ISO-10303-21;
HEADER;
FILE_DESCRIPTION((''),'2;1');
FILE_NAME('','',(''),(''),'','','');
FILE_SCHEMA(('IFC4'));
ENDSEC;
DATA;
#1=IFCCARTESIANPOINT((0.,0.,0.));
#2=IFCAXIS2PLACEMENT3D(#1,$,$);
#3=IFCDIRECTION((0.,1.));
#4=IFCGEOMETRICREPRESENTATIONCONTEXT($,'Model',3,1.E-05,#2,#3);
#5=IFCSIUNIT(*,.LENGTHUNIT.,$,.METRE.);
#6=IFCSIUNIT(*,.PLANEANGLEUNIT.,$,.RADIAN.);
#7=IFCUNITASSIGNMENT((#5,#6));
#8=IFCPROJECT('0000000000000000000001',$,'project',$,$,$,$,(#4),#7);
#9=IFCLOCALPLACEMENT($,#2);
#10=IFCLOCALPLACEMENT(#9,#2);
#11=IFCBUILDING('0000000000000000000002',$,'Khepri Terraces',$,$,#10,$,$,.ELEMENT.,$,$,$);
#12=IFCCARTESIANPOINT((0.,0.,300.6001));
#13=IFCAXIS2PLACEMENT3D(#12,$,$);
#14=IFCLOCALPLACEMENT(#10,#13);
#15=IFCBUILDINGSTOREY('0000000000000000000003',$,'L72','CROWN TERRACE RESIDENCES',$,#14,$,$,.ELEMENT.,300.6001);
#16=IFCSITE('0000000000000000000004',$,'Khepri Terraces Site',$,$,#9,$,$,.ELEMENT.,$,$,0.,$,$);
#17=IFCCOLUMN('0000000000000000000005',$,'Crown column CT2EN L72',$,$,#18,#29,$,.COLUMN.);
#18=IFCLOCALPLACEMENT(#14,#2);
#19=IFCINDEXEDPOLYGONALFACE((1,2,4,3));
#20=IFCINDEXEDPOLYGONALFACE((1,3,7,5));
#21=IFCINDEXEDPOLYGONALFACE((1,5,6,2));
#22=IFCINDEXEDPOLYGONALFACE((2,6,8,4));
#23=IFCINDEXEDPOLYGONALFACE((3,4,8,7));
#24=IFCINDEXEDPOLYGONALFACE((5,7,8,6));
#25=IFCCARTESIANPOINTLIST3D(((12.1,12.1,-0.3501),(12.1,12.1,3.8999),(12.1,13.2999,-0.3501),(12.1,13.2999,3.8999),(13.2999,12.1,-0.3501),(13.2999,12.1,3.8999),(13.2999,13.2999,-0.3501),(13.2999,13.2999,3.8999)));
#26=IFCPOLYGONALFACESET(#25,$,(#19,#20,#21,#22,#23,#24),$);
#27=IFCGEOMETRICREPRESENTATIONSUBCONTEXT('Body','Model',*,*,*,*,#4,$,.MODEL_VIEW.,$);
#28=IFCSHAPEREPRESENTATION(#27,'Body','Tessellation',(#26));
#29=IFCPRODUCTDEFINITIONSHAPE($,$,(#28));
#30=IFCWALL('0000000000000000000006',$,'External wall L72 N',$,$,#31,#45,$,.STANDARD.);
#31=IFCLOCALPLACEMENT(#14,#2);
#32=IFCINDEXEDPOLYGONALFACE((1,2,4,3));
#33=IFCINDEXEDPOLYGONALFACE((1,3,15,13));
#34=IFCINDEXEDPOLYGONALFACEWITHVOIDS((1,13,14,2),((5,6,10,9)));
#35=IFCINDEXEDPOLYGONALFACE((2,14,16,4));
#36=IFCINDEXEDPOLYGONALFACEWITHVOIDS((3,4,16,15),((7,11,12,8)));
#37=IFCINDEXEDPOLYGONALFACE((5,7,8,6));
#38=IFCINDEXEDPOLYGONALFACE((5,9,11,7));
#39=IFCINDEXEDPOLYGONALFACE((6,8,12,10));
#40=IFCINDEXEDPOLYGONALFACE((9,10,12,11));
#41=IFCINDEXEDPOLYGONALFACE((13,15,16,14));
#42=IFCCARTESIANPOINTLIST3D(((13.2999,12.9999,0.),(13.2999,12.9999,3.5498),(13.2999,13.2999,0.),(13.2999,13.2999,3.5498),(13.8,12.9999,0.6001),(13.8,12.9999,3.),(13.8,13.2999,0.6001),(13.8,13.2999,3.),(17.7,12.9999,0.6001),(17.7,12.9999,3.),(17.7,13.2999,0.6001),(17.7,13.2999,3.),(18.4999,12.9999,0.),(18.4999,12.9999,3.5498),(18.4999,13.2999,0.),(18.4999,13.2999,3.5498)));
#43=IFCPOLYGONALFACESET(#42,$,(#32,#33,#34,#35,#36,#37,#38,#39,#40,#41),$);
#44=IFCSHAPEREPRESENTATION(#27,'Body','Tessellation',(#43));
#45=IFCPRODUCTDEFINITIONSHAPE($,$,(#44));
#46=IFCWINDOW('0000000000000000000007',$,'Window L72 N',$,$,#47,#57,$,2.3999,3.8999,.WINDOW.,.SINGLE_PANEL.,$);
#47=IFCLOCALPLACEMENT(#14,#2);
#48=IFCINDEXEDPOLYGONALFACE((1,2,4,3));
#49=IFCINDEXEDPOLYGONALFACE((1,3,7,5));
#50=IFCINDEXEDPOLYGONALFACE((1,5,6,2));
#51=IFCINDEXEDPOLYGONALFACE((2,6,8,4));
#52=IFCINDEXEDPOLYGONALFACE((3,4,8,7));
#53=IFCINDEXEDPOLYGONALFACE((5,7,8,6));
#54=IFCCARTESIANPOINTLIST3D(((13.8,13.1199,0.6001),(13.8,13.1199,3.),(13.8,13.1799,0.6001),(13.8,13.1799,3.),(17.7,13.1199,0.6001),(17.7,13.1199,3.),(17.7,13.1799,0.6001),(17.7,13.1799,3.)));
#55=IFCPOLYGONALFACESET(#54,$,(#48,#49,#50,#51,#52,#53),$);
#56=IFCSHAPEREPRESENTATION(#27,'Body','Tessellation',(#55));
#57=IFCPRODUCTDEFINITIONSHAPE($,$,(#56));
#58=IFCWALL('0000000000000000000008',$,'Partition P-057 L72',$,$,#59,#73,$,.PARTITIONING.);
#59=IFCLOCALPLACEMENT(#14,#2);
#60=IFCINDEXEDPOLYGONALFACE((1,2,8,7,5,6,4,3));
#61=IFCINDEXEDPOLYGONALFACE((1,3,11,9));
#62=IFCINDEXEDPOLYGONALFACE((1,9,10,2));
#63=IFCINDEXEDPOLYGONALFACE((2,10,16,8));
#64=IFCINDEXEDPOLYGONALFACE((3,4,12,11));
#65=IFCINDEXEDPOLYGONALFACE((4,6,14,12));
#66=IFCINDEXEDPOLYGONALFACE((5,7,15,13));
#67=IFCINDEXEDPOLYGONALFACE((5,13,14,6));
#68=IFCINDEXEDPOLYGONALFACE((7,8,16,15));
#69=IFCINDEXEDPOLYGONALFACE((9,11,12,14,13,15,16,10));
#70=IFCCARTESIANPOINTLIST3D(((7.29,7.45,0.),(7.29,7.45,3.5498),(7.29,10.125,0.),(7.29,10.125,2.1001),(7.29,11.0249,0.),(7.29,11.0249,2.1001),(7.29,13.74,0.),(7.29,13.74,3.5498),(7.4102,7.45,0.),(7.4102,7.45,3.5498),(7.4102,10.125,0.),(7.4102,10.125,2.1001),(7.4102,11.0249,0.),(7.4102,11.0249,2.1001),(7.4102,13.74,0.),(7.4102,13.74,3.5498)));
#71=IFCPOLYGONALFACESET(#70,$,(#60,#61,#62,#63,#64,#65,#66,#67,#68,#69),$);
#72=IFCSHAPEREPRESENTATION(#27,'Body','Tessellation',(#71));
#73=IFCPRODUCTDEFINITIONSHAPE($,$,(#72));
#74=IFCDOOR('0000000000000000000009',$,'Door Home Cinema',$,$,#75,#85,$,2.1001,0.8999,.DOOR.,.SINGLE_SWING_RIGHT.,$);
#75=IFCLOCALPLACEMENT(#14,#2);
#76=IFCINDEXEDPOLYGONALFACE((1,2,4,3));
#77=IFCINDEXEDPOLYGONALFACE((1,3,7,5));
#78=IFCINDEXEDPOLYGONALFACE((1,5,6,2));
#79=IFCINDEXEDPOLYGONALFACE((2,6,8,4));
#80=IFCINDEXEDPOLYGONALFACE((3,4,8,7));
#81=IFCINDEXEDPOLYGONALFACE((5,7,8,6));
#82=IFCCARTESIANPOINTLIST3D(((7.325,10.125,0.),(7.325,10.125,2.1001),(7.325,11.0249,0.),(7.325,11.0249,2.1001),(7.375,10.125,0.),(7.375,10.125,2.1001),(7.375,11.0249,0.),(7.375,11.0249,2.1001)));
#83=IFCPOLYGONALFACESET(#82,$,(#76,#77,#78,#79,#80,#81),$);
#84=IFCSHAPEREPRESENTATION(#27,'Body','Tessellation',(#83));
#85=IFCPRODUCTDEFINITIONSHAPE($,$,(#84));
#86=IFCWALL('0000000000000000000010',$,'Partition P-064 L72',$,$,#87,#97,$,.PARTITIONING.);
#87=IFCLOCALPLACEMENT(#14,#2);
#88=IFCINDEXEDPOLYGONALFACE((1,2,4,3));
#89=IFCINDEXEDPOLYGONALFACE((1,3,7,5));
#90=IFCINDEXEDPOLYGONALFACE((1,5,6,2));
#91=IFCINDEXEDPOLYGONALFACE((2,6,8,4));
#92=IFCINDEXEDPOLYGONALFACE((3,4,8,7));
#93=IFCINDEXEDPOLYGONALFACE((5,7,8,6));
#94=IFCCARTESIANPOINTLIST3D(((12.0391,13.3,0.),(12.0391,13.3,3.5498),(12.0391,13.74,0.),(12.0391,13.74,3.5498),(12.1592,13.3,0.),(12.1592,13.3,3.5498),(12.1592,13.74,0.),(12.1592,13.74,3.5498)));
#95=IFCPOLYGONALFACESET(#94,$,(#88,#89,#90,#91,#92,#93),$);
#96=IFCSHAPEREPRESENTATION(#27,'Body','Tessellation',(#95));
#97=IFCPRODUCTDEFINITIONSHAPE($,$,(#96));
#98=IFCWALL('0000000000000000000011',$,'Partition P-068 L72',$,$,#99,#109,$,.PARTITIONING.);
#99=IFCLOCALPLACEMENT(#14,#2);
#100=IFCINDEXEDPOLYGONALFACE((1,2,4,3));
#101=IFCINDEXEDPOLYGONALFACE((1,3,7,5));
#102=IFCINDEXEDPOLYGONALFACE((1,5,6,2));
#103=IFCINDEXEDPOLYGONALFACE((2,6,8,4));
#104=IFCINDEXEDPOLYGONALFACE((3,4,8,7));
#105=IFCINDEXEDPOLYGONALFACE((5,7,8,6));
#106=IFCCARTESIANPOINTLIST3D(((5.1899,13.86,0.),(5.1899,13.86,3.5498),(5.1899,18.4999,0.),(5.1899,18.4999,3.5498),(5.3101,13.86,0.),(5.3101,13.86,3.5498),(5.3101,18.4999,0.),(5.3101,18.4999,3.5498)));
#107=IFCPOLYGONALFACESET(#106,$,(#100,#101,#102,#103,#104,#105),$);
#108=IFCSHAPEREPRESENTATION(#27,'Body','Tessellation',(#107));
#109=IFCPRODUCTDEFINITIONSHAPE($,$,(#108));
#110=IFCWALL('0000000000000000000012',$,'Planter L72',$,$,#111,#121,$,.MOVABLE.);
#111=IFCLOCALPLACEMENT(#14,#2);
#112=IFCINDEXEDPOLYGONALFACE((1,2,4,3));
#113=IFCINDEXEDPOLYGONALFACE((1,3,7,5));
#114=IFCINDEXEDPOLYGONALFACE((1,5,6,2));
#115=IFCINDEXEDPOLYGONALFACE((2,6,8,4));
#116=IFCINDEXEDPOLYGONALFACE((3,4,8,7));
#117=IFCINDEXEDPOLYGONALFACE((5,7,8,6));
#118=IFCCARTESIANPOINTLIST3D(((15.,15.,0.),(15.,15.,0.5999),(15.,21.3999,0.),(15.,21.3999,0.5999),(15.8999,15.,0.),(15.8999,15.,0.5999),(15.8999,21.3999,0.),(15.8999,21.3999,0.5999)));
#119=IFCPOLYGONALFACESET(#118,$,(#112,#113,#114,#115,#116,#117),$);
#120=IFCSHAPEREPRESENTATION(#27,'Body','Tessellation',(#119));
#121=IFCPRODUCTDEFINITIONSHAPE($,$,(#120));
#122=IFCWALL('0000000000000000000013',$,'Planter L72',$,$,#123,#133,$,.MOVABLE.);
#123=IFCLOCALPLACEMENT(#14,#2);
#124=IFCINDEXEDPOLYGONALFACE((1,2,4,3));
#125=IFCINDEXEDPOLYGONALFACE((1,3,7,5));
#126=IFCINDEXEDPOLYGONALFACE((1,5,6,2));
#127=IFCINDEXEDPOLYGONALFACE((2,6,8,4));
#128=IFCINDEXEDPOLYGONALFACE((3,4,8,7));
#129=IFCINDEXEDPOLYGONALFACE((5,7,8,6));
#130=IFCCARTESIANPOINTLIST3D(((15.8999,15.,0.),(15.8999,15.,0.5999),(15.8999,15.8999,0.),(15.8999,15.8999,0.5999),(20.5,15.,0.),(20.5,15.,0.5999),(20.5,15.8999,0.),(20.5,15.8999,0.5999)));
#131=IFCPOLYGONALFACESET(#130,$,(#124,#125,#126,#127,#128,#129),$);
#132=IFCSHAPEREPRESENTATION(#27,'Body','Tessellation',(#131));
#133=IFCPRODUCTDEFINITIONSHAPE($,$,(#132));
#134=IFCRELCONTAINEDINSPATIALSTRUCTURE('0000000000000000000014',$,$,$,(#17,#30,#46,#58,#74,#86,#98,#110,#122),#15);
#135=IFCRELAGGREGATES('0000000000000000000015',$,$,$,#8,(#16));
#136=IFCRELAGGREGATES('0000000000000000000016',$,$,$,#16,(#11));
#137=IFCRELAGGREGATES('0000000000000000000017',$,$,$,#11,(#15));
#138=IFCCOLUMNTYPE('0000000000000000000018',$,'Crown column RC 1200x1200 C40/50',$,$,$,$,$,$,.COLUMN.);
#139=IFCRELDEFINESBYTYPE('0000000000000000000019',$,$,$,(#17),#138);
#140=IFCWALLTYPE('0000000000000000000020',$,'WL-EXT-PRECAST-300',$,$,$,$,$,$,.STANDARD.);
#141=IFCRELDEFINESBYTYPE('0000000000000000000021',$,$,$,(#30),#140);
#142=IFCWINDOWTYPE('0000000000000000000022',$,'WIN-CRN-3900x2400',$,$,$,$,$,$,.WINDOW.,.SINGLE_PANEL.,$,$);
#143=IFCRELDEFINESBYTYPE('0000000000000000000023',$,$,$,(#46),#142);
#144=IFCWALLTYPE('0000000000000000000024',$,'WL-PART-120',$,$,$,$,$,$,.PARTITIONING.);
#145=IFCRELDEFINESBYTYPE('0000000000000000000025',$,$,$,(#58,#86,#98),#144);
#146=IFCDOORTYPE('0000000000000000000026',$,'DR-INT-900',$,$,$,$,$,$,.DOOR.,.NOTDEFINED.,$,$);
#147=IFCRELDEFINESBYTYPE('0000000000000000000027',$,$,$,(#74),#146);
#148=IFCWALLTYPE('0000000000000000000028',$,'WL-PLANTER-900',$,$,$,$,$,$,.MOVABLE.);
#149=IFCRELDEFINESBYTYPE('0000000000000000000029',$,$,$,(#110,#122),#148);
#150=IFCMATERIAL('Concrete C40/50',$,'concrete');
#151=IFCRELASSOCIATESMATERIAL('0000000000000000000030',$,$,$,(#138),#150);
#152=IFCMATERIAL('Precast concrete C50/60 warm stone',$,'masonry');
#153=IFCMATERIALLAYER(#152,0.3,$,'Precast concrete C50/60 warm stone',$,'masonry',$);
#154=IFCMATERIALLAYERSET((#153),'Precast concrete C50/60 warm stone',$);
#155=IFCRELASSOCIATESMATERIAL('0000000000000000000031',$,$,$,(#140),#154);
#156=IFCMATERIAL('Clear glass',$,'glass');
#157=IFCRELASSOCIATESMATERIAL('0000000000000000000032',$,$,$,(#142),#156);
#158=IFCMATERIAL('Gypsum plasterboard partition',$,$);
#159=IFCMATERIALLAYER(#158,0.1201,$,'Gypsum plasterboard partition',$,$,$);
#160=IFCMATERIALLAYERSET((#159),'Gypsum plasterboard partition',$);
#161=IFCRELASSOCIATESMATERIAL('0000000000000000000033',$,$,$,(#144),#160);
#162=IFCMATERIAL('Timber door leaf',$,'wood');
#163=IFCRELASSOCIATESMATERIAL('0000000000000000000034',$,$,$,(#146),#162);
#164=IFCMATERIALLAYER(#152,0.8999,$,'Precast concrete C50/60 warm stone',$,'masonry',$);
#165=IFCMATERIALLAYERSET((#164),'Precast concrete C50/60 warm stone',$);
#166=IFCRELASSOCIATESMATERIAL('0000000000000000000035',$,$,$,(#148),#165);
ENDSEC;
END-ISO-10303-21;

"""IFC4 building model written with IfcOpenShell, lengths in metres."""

from ifc_helpers import new_model, si_unit, direction, frame, frame_2d, origin, origin_2d, place, context, subcontext, project, spatial, rectangle, extrude, material, layer, layer_set, material_profile, profile_set, type_object, element, fill, save


model = new_model("IFC4")

# Units and contexts
model_context = context("Model", 3, precision=1e-05, world=origin(), true_north=direction((0.0, 1.0)))
body_context = subcontext(model_context, "Body", "Model", "MODEL_VIEW")
ifc_project = project(units=[si_unit("LENGTHUNIT", "METRE"), si_unit("PLANEANGLEUNIT", "RADIAN")], contexts=[model_context])

# Site, building, storey
site_placement = place(None, origin())
site = spatial("IfcSite", under=ifc_project, at=site_placement, Name="Khepri Terraces Site", CompositionType="ELEMENT", RefElevation=0.0)
building_placement = place(site_placement, origin())
building = spatial("IfcBuilding", under=site, at=building_placement, Name="Khepri Terraces", CompositionType="ELEMENT")
storey_placement = place(building_placement, frame((0.0, 0.0, 300.6001)))
storey = spatial("IfcBuildingStorey", under=building, at=storey_placement, Name="L72", Description="CROWN TERRACE RESIDENCES", CompositionType="ELEMENT", Elevation=300.6001)

# Column
ifc_material_1 = material(Name="Concrete C40/50", Category="concrete")
ifc_material_profile = material_profile(ifc_material_1, rectangle(XDim=1.2, YDim=1.2, at=origin_2d()), Name="Concrete C40/50", Category="concrete")
ifc_profile_set = profile_set([ifc_material_profile], Name="Concrete C40/50")
column_type = type_object("IfcColumnType", Name="Crown column RC 1200x1200 C40/50", PredefinedType="COLUMN", material=ifc_profile_set)
column_placement = place(storey_placement, frame((12.7, 12.7, -0.3501), z_axis=(0.0, 0.0, 1.0), x_axis=(1.0, 0.0, 0.0)))
element("IfcColumn", 1, at=column_placement, inside=storey, type_object=column_type, Name="Crown column CT2EN L72", PredefinedType="COLUMN", context=body_context, shape_type="SweptSolid", body=[
    extrude(rectangle(XDim=1.2, YDim=1.2, at=origin_2d()), origin(), (0.0, 0.0, 1.0), 4.25),
])

# Wall, opening, window
ifc_material_2 = material(Name="Precast concrete C50/60 warm stone", Category="masonry")
ifc_layer_1 = layer(ifc_material_2, 0.3, Name="Precast concrete C50/60 warm stone", Category="masonry")
ifc_layer_set_1 = layer_set([ifc_layer_1], Name="Precast concrete C50/60 warm stone")
wall_type_1 = type_object("IfcWallType", Name="WL-EXT-PRECAST-300", PredefinedType="STANDARD", material=ifc_layer_set_1)
wall_1_placement = place(storey_placement, frame((18.5, 13.1499, 0.0), z_axis=(0.0, 0.0, 1.0), x_axis=(-1.0, 0.0, 0.0)))
wall_1 = element("IfcWall", 2, at=wall_1_placement, inside=storey, type_object=wall_type_1, Name="External wall L72 N", PredefinedType="STANDARD", context=body_context, shape_type="SweptSolid", body=[
    extrude(rectangle(XDim=5.2, YDim=0.3, at=frame_2d((2.6001, 0.0))), origin(), (0.0, 0.0, 1.0), 3.5498),
])
opening_1_placement = place(wall_1_placement, frame((0.8, 0.0, 0.6001)))
opening_1 = element("IfcOpeningElement", 3, at=opening_1_placement, cuts=wall_1, PredefinedType="OPENING", context=body_context, shape_type="SweptSolid", body=[
    extrude(rectangle(XDim=3.8999, YDim=2.3999, at=frame_2d((1.95, 1.2))), frame((0.0, 0.1602, 0.0), z_axis=(0.0, -1.0, 0.0), x_axis=(1.0, 0.0, 0.0)), (0.0, 0.0, 1.0), 0.3201),
])
ifc_material_3 = material(Name="Clear glass", Category="glass")
window_type_1 = type_object("IfcWindowType", Name="WIN-CRN-3900x2400", PartitioningType="SINGLE_PANEL", PredefinedType="WINDOW", material=ifc_material_3)
window_1_placement = place(opening_1_placement, origin())
window_1 = element("IfcWindow", 4, at=window_1_placement, inside=storey, type_object=window_type_1, Name="Window L72 N", OverallHeight=2.3999, OverallWidth=3.8999, PartitioningType="SINGLE_PANEL", PredefinedType="WINDOW", context=body_context, shape_type="SweptSolid", body=[
    extrude(rectangle(XDim=3.8999, YDim=2.3999, at=frame_2d((1.95, 1.2))), frame((0.0, 0.03, 0.0), z_axis=(0.0, -1.0, 0.0), x_axis=(1.0, 0.0, 0.0)), (0.0, 0.0, 1.0), 0.0601),
])
fill(opening_1, window_1)

# Wall, opening, door
ifc_material_4 = material(Name="Gypsum plasterboard partition")
ifc_layer_2 = layer(ifc_material_4, 0.1201, Name="Gypsum plasterboard partition")
ifc_layer_set_2 = layer_set([ifc_layer_2], Name="Gypsum plasterboard partition")
wall_type_2 = type_object("IfcWallType", Name="WL-PART-120", PredefinedType="PARTITIONING", material=ifc_layer_set_2)
wall_2_placement = place(storey_placement, frame((7.3501, 7.45, 0.0), z_axis=(0.0, 0.0, 1.0), x_axis=(0.0, 1.0, 0.0)))
wall_2 = element("IfcWall", 5, at=wall_2_placement, inside=storey, type_object=wall_type_2, Name="Partition P-057 L72", PredefinedType="PARTITIONING", context=body_context, shape_type="SweptSolid", body=[
    extrude(rectangle(XDim=6.29, YDim=0.1201, at=frame_2d((3.145, 0.0))), origin(), (0.0, 0.0, 1.0), 3.5498),
])
opening_2_placement = place(wall_2_placement, frame((2.675, 0.0, 0.0)))
opening_2 = element("IfcOpeningElement", 6, at=opening_2_placement, cuts=wall_2, PredefinedType="OPENING", context=body_context, shape_type="SweptSolid", body=[
    extrude(rectangle(XDim=0.8999, YDim=2.1001, at=frame_2d((0.45, 1.05))), frame((0.0, 0.0701, 0.0), z_axis=(0.0, -1.0, 0.0), x_axis=(1.0, 0.0, 0.0)), (0.0, 0.0, 1.0), 0.1401),
])
ifc_material_5 = material(Name="Timber door leaf", Category="wood")
door_type_1 = type_object("IfcDoorType", Name="DR-INT-900", OperationType="NOTDEFINED", PredefinedType="DOOR", material=ifc_material_5)
door_1_placement = place(opening_2_placement, frame((0.8999, 0.0, 0.0), z_axis=(0.0, 0.0, 1.0), x_axis=(-1.0, 0.0, 0.0)))
door_1 = element("IfcDoor", 7, at=door_1_placement, inside=storey, type_object=door_type_1, Name="Door Home Cinema", OperationType="SINGLE_SWING_RIGHT", OverallHeight=2.1001, OverallWidth=0.8999, PredefinedType="DOOR", context=body_context, shape_type="SweptSolid", body=[
    extrude(rectangle(XDim=0.8999, YDim=2.1001, at=frame_2d((0.45, 1.05))), frame((0.0, 0.0249, 0.0), z_axis=(0.0, -1.0, 0.0), x_axis=(1.0, 0.0, 0.0)), (0.0, 0.0, 1.0), 0.05),
])
fill(opening_2, door_1)

# Walls
wall_3_placement = place(storey_placement, frame((12.0991, 13.3, 0.0), z_axis=(0.0, 0.0, 1.0), x_axis=(0.0, 1.0, 0.0)))
element("IfcWall", 8, at=wall_3_placement, inside=storey, type_object=wall_type_2, Name="Partition P-064 L72", PredefinedType="PARTITIONING", context=body_context, shape_type="SweptSolid", body=[
    extrude(rectangle(XDim=0.4399, YDim=0.1201, at=frame_2d((0.22, 0.0))), origin(), (0.0, 0.0, 1.0), 3.5498),
])
wall_4_placement = place(storey_placement, frame((5.25, 13.8601, 0.0), z_axis=(0.0, 0.0, 1.0), x_axis=(0.0, 1.0, 0.0)))
element("IfcWall", 9, at=wall_4_placement, inside=storey, type_object=wall_type_2, Name="Partition P-068 L72", PredefinedType="PARTITIONING", context=body_context, shape_type="SweptSolid", body=[
    extrude(rectangle(XDim=4.6399, YDim=0.1201, at=frame_2d((2.3198, 0.0))), origin(), (0.0, 0.0, 1.0), 3.5498),
])
ifc_layer_3 = layer(ifc_material_2, 0.8999, Name="Precast concrete C50/60 warm stone", Category="masonry")
ifc_layer_set_3 = layer_set([ifc_layer_3], Name="Precast concrete C50/60 warm stone")
wall_type_3 = type_object("IfcWallType", Name="WL-PLANTER-900", PredefinedType="MOVABLE", material=ifc_layer_set_3)
wall_5_placement = place(storey_placement, frame((15.45, 15.0, 0.0), z_axis=(0.0, 0.0, 1.0), x_axis=(0.0, 1.0, 0.0)))
element("IfcWall", 10, at=wall_5_placement, inside=storey, type_object=wall_type_3, Name="Planter L72", PredefinedType="MOVABLE", context=body_context, shape_type="SweptSolid", body=[
    extrude(rectangle(XDim=6.3999, YDim=0.8999, at=frame_2d((3.2, 0.0))), origin(), (0.0, 0.0, 1.0), 0.5999),
])
wall_6_placement = place(storey_placement, frame((15.8999, 15.45, 0.0), z_axis=(0.0, 0.0, 1.0), x_axis=(1.0, 0.0, 0.0)))
element("IfcWall", 11, at=wall_6_placement, inside=storey, type_object=wall_type_3, Name="Planter L72", PredefinedType="MOVABLE", context=body_context, shape_type="SweptSolid", body=[
    extrude(rectangle(XDim=4.6001, YDim=0.8999, at=frame_2d((2.3, 0.0))), origin(), (0.0, 0.0, 1.0), 0.5999),
])

save(model, "model.ifc")
